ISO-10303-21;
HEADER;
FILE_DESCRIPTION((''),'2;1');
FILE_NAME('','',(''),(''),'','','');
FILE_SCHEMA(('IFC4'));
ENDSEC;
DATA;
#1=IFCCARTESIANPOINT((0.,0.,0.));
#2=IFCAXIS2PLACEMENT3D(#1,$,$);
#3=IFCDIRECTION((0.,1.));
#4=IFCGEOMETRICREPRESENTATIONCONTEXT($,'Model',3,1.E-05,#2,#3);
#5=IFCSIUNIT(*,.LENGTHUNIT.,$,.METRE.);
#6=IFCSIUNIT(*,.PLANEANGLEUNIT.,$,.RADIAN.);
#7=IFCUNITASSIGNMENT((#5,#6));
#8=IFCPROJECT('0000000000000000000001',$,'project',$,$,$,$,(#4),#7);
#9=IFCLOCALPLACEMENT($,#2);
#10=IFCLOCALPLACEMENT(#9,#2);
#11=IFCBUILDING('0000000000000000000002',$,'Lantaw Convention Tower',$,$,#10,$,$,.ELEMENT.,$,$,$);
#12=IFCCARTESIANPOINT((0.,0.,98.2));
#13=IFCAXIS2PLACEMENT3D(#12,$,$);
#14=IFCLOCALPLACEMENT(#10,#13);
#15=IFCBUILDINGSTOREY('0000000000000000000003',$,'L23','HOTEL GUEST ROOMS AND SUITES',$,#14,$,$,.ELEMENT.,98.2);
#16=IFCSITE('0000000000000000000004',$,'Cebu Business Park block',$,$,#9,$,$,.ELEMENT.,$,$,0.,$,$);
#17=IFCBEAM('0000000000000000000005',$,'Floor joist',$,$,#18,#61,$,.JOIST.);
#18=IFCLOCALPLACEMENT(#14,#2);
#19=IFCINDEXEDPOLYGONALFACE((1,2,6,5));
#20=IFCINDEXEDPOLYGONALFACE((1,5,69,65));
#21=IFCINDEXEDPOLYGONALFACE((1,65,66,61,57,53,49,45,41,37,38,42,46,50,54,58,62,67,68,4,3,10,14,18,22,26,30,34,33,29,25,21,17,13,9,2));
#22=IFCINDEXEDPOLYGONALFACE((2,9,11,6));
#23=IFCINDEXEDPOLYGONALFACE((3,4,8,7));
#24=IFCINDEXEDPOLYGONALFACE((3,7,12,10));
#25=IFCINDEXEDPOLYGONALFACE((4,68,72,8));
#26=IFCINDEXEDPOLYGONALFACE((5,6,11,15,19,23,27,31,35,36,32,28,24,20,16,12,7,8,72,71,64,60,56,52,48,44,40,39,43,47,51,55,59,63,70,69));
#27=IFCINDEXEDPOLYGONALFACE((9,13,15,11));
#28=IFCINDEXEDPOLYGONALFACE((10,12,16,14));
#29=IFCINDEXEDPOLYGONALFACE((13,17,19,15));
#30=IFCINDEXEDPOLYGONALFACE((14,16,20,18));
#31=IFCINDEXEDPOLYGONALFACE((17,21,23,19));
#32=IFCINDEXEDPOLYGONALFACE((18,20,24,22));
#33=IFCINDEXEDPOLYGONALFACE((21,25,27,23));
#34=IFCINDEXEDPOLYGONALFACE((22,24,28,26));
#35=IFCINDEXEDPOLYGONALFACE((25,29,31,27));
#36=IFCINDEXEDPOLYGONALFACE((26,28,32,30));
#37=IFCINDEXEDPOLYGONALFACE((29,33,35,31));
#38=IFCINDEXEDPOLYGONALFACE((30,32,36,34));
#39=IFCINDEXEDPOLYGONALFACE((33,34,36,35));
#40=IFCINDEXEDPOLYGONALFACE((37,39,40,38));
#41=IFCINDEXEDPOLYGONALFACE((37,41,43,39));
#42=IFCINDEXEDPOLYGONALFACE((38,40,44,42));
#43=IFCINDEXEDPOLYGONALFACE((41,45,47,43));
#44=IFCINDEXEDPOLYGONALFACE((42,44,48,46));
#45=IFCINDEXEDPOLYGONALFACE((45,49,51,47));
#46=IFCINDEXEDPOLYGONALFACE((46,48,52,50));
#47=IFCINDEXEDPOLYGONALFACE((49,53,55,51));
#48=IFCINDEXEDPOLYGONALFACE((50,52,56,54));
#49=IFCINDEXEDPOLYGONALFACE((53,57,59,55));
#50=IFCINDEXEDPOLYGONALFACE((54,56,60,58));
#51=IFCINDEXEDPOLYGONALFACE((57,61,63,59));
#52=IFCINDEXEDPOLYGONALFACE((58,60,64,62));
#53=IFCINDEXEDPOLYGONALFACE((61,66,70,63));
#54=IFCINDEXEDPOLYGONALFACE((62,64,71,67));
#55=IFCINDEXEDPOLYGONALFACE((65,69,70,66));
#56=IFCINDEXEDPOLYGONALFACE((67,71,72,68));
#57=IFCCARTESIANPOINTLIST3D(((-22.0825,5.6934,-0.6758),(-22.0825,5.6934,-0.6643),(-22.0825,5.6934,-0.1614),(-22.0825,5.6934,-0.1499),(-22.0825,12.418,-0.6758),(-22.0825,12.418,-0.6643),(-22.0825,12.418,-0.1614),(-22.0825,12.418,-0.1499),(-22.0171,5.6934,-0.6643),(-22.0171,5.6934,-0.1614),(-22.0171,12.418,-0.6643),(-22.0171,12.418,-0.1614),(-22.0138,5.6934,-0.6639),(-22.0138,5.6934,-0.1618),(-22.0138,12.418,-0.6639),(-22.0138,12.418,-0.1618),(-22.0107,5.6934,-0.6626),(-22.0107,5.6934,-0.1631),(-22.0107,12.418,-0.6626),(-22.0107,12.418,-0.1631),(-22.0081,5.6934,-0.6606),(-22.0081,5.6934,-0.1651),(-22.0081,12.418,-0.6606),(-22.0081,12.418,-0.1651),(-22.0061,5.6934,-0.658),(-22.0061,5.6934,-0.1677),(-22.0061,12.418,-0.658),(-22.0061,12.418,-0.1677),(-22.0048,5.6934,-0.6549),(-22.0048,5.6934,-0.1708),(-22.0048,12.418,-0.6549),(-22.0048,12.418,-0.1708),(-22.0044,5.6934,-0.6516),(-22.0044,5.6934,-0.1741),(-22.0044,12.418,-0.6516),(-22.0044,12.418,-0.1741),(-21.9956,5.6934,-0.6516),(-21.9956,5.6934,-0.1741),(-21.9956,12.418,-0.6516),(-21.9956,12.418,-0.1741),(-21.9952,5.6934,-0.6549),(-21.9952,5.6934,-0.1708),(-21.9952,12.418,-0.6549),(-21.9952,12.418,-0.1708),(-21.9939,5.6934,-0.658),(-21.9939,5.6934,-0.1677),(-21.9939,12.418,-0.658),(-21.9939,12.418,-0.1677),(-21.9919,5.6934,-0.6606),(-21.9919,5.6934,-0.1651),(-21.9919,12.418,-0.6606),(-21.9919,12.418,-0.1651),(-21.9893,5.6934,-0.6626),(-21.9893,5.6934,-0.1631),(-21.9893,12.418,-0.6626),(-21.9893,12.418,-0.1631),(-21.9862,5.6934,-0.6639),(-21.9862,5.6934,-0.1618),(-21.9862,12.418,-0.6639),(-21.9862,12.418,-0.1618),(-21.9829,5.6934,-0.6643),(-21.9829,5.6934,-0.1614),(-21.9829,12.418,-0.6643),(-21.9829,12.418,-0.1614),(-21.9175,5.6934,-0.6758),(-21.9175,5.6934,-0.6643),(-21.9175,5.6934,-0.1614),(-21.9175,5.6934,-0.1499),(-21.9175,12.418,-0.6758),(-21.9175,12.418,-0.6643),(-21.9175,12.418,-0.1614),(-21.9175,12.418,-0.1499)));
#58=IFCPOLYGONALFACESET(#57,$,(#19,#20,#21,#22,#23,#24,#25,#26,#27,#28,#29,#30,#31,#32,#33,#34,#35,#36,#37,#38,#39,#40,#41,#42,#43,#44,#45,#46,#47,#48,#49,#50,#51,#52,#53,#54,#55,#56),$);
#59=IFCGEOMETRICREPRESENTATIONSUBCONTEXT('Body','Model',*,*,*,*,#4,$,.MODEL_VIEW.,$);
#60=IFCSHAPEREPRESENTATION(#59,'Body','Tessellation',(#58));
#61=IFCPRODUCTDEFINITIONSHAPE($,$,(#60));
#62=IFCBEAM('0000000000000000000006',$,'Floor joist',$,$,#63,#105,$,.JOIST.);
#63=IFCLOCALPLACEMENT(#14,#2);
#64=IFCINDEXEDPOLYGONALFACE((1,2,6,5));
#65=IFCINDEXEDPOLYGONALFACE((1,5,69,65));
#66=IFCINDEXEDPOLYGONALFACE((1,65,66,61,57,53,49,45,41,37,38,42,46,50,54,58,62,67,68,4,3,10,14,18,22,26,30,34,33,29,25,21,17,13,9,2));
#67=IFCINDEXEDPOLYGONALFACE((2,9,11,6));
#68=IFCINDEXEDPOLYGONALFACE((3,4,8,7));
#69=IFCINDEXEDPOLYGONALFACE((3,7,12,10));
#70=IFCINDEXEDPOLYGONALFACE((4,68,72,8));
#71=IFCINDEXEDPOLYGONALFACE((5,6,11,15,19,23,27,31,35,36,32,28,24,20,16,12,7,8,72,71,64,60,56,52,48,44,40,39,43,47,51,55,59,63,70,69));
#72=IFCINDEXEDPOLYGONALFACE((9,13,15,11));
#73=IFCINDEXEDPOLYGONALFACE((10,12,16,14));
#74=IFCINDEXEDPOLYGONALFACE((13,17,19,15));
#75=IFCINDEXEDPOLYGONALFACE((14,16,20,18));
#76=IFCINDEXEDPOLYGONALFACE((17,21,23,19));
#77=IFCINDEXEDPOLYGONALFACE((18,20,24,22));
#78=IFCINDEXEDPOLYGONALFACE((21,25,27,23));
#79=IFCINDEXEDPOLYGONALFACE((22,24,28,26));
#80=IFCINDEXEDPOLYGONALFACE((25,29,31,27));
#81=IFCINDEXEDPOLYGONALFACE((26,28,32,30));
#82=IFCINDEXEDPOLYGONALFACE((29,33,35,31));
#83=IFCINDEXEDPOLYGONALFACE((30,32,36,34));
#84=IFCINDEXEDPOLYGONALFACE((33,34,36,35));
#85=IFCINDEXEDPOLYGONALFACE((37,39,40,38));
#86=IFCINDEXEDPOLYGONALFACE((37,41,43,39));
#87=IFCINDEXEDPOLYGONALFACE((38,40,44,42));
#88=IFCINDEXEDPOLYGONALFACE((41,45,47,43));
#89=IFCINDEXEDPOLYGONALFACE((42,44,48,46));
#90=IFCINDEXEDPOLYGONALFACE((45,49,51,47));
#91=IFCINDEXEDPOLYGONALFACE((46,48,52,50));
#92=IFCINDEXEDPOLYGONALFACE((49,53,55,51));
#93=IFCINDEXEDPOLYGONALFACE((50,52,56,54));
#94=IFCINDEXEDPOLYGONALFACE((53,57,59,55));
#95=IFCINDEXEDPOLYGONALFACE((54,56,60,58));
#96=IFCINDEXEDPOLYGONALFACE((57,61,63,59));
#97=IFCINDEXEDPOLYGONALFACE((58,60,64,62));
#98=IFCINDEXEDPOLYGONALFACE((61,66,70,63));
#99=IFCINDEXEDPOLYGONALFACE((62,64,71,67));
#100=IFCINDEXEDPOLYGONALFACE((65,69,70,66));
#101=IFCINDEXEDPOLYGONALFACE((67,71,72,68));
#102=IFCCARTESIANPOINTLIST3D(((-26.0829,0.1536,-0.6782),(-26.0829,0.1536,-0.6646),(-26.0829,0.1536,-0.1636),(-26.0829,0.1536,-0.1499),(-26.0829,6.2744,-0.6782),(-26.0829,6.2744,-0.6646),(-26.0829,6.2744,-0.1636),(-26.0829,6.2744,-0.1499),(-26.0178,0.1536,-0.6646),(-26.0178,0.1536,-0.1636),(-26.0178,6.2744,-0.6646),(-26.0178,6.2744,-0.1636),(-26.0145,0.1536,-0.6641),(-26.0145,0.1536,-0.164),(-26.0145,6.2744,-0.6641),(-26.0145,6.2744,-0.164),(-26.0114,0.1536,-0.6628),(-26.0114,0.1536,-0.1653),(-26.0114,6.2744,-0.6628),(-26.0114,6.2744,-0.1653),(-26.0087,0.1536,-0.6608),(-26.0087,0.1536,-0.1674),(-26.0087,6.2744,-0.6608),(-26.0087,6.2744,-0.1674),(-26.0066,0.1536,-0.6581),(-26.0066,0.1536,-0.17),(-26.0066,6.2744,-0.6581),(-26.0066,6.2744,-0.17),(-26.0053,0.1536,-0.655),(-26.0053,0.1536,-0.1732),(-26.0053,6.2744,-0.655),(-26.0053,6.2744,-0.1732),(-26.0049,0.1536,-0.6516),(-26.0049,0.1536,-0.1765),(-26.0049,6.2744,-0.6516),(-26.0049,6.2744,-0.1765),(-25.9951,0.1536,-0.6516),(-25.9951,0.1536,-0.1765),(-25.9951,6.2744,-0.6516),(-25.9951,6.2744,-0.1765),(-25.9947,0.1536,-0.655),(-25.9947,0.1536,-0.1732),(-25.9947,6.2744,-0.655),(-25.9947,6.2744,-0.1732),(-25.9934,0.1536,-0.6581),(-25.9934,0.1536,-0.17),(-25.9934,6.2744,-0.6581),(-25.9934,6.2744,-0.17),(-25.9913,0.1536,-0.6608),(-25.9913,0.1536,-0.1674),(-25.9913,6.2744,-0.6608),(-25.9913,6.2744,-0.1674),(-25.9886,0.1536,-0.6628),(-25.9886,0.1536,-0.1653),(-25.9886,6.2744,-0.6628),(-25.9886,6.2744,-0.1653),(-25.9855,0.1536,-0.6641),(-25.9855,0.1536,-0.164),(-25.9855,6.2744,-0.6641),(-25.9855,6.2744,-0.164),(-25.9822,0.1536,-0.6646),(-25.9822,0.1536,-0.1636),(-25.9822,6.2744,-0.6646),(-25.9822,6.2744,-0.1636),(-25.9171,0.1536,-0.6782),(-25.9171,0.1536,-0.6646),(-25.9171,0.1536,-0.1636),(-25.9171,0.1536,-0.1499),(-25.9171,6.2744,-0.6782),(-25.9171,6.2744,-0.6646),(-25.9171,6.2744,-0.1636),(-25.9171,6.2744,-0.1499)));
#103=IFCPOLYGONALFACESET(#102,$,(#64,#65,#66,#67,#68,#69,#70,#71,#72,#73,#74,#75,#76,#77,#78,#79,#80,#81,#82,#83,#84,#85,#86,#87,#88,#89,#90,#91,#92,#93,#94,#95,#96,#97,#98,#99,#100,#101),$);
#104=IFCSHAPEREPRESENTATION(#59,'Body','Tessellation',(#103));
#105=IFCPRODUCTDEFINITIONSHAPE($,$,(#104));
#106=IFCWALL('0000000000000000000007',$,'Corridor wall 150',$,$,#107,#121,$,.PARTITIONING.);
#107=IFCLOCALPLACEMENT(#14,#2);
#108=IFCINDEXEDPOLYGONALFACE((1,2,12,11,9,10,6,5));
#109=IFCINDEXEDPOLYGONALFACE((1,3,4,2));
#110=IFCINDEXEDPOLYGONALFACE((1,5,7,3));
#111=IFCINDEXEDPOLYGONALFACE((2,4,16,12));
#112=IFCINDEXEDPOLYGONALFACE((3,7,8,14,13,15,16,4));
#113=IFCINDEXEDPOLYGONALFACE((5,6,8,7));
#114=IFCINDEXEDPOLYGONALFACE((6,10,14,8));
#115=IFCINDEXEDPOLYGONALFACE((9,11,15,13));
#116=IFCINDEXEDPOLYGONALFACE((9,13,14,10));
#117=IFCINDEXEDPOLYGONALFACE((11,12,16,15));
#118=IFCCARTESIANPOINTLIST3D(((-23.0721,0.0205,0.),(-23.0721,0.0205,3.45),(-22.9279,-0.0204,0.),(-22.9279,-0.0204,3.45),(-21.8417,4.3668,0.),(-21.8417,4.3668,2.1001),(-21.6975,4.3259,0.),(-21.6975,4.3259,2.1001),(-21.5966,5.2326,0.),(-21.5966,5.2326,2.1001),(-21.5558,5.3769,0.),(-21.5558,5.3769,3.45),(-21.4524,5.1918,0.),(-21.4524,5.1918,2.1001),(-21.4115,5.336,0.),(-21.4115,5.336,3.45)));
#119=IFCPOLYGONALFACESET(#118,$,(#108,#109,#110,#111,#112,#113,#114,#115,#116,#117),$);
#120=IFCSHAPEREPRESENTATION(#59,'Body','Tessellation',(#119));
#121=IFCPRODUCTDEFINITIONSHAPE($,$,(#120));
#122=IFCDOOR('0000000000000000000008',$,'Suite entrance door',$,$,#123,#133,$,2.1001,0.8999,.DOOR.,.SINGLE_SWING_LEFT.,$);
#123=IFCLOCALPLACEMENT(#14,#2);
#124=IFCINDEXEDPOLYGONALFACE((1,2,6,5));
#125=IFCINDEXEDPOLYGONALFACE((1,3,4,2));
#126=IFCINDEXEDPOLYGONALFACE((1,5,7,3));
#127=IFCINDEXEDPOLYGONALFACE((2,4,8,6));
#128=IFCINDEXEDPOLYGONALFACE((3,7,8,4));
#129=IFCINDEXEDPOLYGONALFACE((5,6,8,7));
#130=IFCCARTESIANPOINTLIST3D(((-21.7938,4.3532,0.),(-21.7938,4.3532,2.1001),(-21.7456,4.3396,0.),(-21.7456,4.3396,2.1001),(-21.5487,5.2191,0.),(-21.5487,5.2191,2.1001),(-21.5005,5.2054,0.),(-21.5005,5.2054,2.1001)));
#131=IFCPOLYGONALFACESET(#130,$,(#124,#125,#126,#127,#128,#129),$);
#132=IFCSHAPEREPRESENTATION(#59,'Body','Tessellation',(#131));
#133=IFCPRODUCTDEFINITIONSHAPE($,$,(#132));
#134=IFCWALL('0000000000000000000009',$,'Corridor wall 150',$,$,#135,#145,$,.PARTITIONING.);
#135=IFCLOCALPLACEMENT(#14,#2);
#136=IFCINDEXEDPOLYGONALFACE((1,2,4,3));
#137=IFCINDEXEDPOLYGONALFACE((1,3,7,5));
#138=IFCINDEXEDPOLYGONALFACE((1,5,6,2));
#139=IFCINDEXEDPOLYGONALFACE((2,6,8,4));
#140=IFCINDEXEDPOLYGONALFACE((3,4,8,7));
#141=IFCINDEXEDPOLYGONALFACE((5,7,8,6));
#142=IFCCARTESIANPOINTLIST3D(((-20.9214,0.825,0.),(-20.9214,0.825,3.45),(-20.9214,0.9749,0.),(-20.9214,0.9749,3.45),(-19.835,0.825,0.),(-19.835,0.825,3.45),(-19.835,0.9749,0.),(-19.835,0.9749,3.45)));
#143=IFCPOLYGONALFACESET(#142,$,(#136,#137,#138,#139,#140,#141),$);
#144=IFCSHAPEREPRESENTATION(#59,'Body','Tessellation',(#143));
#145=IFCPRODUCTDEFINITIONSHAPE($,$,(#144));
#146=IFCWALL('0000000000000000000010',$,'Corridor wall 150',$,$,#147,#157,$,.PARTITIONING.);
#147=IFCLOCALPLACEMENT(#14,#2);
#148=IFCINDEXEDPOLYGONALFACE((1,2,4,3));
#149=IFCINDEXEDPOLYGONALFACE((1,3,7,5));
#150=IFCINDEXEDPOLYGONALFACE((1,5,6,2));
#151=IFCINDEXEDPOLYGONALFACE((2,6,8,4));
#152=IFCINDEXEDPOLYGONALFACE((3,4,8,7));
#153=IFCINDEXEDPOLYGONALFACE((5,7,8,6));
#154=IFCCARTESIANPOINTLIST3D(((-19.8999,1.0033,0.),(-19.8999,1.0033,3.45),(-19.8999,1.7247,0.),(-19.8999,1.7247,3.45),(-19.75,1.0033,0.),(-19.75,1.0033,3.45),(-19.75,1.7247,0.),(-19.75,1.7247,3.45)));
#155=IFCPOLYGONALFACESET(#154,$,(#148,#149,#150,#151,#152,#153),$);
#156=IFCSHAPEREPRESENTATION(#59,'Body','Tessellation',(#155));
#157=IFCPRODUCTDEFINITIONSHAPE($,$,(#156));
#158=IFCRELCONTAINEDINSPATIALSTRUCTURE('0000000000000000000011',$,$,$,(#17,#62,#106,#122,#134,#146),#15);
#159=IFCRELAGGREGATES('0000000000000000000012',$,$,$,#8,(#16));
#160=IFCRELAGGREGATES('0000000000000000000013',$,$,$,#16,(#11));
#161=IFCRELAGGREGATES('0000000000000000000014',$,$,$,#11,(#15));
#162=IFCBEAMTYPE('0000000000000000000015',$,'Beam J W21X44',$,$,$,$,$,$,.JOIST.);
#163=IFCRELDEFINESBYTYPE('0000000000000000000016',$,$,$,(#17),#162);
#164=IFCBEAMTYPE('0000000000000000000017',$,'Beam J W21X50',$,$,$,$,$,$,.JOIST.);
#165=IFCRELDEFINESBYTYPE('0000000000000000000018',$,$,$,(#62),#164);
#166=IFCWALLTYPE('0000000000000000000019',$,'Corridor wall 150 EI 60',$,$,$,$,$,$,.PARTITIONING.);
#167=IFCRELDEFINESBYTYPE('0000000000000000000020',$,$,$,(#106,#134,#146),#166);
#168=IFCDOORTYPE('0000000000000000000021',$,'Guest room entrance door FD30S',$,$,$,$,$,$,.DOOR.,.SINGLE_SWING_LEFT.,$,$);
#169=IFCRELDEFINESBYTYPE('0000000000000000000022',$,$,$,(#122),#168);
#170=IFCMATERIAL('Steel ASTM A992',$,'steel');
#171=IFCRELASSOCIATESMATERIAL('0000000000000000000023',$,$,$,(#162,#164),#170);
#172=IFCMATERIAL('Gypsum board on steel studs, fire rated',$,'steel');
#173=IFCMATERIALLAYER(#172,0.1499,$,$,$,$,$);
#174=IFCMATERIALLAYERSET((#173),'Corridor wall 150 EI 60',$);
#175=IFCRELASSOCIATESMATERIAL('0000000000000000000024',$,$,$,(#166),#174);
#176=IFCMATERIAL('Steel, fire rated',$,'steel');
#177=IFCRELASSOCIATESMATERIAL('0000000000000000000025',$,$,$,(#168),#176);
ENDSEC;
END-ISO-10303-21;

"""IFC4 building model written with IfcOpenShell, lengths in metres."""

from ifc_helpers import new_model, si_unit, direction, frame, frame_2d, origin, origin_2d, place, context, subcontext, project, spatial, rectangle, i_section, extrude, material, layer, layer_set, material_profile, profile_set, type_object, element, fill, save


model = new_model("IFC4")

# Units and contexts
model_context = context("Model", 3, precision=1e-05, world=origin(), true_north=direction((0.0, 1.0)))
body_context = subcontext(model_context, "Body", "Model", "MODEL_VIEW")
ifc_project = project(units=[si_unit("LENGTHUNIT", "METRE"), si_unit("PLANEANGLEUNIT", "RADIAN")], contexts=[model_context])

# Site, building, storey
site_placement = place(None, origin())
site = spatial("IfcSite", under=ifc_project, at=site_placement, Name="Cebu Business Park block", CompositionType="ELEMENT", RefElevation=0.0)
building_placement = place(site_placement, origin())
building = spatial("IfcBuilding", under=site, at=building_placement, Name="Lantaw Convention Tower", CompositionType="ELEMENT")
storey_placement = place(building_placement, frame((0.0, 0.0, 98.2)))
storey = spatial("IfcBuildingStorey", under=building, at=storey_placement, Name="L23", Description="HOTEL GUEST ROOMS AND SUITES", CompositionType="ELEMENT", Elevation=98.2)

# Beams
ifc_material_1 = material(Name="Steel ASTM A992", Category="steel")
ifc_material_profile_1 = material_profile(ifc_material_1, i_section(OverallWidth=0.165, OverallDepth=0.5259, WebThickness=0.0088, FlangeThickness=0.0115, FilletRadius=0.0127, at=origin_2d()), Name="W21X44")
ifc_profile_set_1 = profile_set([ifc_material_profile_1], Name="Steel ASTM A992")
beam_type_1 = type_object("IfcBeamType", Name="Beam J W21X44", PredefinedType="JOIST", material=ifc_profile_set_1)
beam_1_placement = place(storey_placement, frame((-22.0, 5.6934, -0.4128), z_axis=(0.0, 1.0, 0.0), x_axis=(-1.0, 0.0, 0.0)))
element("IfcBeam", 1, at=beam_1_placement, inside=storey, type_object=beam_type_1, Name="Floor joist", PredefinedType="JOIST", context=body_context, shape_type="SweptSolid", body=[
    extrude(i_section(OverallWidth=0.165, OverallDepth=0.5259, WebThickness=0.0088, FlangeThickness=0.0115, FilletRadius=0.0127, at=origin_2d()), origin(), (0.0, 0.0, 1.0), 6.7246),
])
ifc_material_profile_2 = material_profile(ifc_material_1, i_section(OverallWidth=0.1658, OverallDepth=0.5283, WebThickness=0.0098, FlangeThickness=0.0137, FilletRadius=0.0129, at=origin_2d()), Name="W21X50")
ifc_profile_set_2 = profile_set([ifc_material_profile_2], Name="Steel ASTM A992")
beam_type_2 = type_object("IfcBeamType", Name="Beam J W21X50", PredefinedType="JOIST", material=ifc_profile_set_2)
beam_2_placement = place(storey_placement, frame((-26.0, 0.1536, -0.4141), z_axis=(0.0, 1.0, 0.0), x_axis=(-1.0, 0.0, 0.0)))
element("IfcBeam", 2, at=beam_2_placement, inside=storey, type_object=beam_type_2, Name="Floor joist", PredefinedType="JOIST", context=body_context, shape_type="SweptSolid", body=[
    extrude(i_section(OverallWidth=0.1658, OverallDepth=0.5283, WebThickness=0.0098, FlangeThickness=0.0137, FilletRadius=0.0129, at=origin_2d()), origin(), (0.0, 0.0, 1.0), 6.1208),
])

# Wall, opening, door
ifc_material_2 = material(Name="Gypsum board on steel studs, fire rated", Category="steel")
ifc_layer_1 = layer(ifc_material_2, 0.1499)
ifc_layer_set_1 = layer_set([ifc_layer_1], Name="Corridor wall 150 EI 60")
wall_type_1 = type_object("IfcWallType", Name="Corridor wall 150 EI 60", PredefinedType="PARTITIONING", material=ifc_layer_set_1)
wall_1_placement = place(storey_placement, frame((-21.4836, 5.3564, 0.0), z_axis=(0.0, 0.0, 1.0), x_axis=(-0.272386, -0.962188, 0.0)))
wall_1 = element("IfcWall", 3, at=wall_1_placement, inside=storey, type_object=wall_type_1, Name="Corridor wall 150", PredefinedType="PARTITIONING", context=body_context, shape_type="SweptSolid", body=[
    extrude(rectangle(XDim=5.5669, YDim=0.1499, at=frame_2d((2.7834, 0.0))), origin(), (0.0, 0.0, 1.0), 3.45),
])
opening_1_placement = place(wall_1_placement, frame((0.1499, 0.0, 0.0)))
opening_1 = element("IfcOpeningElement", 4, at=opening_1_placement, cuts=wall_1, PredefinedType="OPENING", context=body_context, shape_type="SweptSolid", body=[
    extrude(rectangle(XDim=0.8999, YDim=2.1001, at=frame_2d((0.45, 1.05))), frame((0.0, 0.085, 0.0), z_axis=(0.0, -1.0, 0.0), x_axis=(1.0, 0.0, 0.0)), (0.0, 0.0, 1.0), 0.1699),
])
ifc_material_3 = material(Name="Steel, fire rated", Category="steel")
door_type_1 = type_object("IfcDoorType", Name="Guest room entrance door FD30S", OperationType="SINGLE_SWING_LEFT", PredefinedType="DOOR", material=ifc_material_3)
door_1_placement = place(opening_1_placement, origin())
door_1 = element("IfcDoor", 5, at=door_1_placement, inside=storey, type_object=door_type_1, Name="Suite entrance door", OperationType="SINGLE_SWING_LEFT", OverallHeight=2.1001, OverallWidth=0.8999, PredefinedType="DOOR", context=body_context, shape_type="SweptSolid", body=[
    extrude(rectangle(XDim=0.8999, YDim=2.1001, at=frame_2d((0.45, 1.05))), frame((0.0, 0.0249, 0.0), z_axis=(0.0, -1.0, 0.0), x_axis=(1.0, 0.0, 0.0)), (0.0, 0.0, 1.0), 0.05),
])
fill(opening_1, door_1)

# Walls
wall_2_placement = place(storey_placement, frame((-19.835, 0.8999, 0.0), z_axis=(0.0, 0.0, 1.0), x_axis=(-1.0, 0.0, 0.0)))
element("IfcWall", 6, at=wall_2_placement, inside=storey, type_object=wall_type_1, Name="Corridor wall 150", PredefinedType="PARTITIONING", context=body_context, shape_type="SweptSolid", body=[
    extrude(rectangle(XDim=1.0864, YDim=0.1499, at=frame_2d((0.5432, 0.0))), origin(), (0.0, 0.0, 1.0), 3.45),
])
wall_3_placement = place(storey_placement, frame((-19.825, 1.0032, 0.0), z_axis=(0.0, 0.0, 1.0), x_axis=(0.0, 1.0, 0.0)))
element("IfcWall", 7, at=wall_3_placement, inside=storey, type_object=wall_type_1, Name="Corridor wall 150", PredefinedType="PARTITIONING", context=body_context, shape_type="SweptSolid", body=[
    extrude(rectangle(XDim=0.7214, YDim=0.1499, at=frame_2d((0.3608, 0.0))), origin(), (0.0, 0.0, 1.0), 3.45),
])

save(model, "model.ifc")
